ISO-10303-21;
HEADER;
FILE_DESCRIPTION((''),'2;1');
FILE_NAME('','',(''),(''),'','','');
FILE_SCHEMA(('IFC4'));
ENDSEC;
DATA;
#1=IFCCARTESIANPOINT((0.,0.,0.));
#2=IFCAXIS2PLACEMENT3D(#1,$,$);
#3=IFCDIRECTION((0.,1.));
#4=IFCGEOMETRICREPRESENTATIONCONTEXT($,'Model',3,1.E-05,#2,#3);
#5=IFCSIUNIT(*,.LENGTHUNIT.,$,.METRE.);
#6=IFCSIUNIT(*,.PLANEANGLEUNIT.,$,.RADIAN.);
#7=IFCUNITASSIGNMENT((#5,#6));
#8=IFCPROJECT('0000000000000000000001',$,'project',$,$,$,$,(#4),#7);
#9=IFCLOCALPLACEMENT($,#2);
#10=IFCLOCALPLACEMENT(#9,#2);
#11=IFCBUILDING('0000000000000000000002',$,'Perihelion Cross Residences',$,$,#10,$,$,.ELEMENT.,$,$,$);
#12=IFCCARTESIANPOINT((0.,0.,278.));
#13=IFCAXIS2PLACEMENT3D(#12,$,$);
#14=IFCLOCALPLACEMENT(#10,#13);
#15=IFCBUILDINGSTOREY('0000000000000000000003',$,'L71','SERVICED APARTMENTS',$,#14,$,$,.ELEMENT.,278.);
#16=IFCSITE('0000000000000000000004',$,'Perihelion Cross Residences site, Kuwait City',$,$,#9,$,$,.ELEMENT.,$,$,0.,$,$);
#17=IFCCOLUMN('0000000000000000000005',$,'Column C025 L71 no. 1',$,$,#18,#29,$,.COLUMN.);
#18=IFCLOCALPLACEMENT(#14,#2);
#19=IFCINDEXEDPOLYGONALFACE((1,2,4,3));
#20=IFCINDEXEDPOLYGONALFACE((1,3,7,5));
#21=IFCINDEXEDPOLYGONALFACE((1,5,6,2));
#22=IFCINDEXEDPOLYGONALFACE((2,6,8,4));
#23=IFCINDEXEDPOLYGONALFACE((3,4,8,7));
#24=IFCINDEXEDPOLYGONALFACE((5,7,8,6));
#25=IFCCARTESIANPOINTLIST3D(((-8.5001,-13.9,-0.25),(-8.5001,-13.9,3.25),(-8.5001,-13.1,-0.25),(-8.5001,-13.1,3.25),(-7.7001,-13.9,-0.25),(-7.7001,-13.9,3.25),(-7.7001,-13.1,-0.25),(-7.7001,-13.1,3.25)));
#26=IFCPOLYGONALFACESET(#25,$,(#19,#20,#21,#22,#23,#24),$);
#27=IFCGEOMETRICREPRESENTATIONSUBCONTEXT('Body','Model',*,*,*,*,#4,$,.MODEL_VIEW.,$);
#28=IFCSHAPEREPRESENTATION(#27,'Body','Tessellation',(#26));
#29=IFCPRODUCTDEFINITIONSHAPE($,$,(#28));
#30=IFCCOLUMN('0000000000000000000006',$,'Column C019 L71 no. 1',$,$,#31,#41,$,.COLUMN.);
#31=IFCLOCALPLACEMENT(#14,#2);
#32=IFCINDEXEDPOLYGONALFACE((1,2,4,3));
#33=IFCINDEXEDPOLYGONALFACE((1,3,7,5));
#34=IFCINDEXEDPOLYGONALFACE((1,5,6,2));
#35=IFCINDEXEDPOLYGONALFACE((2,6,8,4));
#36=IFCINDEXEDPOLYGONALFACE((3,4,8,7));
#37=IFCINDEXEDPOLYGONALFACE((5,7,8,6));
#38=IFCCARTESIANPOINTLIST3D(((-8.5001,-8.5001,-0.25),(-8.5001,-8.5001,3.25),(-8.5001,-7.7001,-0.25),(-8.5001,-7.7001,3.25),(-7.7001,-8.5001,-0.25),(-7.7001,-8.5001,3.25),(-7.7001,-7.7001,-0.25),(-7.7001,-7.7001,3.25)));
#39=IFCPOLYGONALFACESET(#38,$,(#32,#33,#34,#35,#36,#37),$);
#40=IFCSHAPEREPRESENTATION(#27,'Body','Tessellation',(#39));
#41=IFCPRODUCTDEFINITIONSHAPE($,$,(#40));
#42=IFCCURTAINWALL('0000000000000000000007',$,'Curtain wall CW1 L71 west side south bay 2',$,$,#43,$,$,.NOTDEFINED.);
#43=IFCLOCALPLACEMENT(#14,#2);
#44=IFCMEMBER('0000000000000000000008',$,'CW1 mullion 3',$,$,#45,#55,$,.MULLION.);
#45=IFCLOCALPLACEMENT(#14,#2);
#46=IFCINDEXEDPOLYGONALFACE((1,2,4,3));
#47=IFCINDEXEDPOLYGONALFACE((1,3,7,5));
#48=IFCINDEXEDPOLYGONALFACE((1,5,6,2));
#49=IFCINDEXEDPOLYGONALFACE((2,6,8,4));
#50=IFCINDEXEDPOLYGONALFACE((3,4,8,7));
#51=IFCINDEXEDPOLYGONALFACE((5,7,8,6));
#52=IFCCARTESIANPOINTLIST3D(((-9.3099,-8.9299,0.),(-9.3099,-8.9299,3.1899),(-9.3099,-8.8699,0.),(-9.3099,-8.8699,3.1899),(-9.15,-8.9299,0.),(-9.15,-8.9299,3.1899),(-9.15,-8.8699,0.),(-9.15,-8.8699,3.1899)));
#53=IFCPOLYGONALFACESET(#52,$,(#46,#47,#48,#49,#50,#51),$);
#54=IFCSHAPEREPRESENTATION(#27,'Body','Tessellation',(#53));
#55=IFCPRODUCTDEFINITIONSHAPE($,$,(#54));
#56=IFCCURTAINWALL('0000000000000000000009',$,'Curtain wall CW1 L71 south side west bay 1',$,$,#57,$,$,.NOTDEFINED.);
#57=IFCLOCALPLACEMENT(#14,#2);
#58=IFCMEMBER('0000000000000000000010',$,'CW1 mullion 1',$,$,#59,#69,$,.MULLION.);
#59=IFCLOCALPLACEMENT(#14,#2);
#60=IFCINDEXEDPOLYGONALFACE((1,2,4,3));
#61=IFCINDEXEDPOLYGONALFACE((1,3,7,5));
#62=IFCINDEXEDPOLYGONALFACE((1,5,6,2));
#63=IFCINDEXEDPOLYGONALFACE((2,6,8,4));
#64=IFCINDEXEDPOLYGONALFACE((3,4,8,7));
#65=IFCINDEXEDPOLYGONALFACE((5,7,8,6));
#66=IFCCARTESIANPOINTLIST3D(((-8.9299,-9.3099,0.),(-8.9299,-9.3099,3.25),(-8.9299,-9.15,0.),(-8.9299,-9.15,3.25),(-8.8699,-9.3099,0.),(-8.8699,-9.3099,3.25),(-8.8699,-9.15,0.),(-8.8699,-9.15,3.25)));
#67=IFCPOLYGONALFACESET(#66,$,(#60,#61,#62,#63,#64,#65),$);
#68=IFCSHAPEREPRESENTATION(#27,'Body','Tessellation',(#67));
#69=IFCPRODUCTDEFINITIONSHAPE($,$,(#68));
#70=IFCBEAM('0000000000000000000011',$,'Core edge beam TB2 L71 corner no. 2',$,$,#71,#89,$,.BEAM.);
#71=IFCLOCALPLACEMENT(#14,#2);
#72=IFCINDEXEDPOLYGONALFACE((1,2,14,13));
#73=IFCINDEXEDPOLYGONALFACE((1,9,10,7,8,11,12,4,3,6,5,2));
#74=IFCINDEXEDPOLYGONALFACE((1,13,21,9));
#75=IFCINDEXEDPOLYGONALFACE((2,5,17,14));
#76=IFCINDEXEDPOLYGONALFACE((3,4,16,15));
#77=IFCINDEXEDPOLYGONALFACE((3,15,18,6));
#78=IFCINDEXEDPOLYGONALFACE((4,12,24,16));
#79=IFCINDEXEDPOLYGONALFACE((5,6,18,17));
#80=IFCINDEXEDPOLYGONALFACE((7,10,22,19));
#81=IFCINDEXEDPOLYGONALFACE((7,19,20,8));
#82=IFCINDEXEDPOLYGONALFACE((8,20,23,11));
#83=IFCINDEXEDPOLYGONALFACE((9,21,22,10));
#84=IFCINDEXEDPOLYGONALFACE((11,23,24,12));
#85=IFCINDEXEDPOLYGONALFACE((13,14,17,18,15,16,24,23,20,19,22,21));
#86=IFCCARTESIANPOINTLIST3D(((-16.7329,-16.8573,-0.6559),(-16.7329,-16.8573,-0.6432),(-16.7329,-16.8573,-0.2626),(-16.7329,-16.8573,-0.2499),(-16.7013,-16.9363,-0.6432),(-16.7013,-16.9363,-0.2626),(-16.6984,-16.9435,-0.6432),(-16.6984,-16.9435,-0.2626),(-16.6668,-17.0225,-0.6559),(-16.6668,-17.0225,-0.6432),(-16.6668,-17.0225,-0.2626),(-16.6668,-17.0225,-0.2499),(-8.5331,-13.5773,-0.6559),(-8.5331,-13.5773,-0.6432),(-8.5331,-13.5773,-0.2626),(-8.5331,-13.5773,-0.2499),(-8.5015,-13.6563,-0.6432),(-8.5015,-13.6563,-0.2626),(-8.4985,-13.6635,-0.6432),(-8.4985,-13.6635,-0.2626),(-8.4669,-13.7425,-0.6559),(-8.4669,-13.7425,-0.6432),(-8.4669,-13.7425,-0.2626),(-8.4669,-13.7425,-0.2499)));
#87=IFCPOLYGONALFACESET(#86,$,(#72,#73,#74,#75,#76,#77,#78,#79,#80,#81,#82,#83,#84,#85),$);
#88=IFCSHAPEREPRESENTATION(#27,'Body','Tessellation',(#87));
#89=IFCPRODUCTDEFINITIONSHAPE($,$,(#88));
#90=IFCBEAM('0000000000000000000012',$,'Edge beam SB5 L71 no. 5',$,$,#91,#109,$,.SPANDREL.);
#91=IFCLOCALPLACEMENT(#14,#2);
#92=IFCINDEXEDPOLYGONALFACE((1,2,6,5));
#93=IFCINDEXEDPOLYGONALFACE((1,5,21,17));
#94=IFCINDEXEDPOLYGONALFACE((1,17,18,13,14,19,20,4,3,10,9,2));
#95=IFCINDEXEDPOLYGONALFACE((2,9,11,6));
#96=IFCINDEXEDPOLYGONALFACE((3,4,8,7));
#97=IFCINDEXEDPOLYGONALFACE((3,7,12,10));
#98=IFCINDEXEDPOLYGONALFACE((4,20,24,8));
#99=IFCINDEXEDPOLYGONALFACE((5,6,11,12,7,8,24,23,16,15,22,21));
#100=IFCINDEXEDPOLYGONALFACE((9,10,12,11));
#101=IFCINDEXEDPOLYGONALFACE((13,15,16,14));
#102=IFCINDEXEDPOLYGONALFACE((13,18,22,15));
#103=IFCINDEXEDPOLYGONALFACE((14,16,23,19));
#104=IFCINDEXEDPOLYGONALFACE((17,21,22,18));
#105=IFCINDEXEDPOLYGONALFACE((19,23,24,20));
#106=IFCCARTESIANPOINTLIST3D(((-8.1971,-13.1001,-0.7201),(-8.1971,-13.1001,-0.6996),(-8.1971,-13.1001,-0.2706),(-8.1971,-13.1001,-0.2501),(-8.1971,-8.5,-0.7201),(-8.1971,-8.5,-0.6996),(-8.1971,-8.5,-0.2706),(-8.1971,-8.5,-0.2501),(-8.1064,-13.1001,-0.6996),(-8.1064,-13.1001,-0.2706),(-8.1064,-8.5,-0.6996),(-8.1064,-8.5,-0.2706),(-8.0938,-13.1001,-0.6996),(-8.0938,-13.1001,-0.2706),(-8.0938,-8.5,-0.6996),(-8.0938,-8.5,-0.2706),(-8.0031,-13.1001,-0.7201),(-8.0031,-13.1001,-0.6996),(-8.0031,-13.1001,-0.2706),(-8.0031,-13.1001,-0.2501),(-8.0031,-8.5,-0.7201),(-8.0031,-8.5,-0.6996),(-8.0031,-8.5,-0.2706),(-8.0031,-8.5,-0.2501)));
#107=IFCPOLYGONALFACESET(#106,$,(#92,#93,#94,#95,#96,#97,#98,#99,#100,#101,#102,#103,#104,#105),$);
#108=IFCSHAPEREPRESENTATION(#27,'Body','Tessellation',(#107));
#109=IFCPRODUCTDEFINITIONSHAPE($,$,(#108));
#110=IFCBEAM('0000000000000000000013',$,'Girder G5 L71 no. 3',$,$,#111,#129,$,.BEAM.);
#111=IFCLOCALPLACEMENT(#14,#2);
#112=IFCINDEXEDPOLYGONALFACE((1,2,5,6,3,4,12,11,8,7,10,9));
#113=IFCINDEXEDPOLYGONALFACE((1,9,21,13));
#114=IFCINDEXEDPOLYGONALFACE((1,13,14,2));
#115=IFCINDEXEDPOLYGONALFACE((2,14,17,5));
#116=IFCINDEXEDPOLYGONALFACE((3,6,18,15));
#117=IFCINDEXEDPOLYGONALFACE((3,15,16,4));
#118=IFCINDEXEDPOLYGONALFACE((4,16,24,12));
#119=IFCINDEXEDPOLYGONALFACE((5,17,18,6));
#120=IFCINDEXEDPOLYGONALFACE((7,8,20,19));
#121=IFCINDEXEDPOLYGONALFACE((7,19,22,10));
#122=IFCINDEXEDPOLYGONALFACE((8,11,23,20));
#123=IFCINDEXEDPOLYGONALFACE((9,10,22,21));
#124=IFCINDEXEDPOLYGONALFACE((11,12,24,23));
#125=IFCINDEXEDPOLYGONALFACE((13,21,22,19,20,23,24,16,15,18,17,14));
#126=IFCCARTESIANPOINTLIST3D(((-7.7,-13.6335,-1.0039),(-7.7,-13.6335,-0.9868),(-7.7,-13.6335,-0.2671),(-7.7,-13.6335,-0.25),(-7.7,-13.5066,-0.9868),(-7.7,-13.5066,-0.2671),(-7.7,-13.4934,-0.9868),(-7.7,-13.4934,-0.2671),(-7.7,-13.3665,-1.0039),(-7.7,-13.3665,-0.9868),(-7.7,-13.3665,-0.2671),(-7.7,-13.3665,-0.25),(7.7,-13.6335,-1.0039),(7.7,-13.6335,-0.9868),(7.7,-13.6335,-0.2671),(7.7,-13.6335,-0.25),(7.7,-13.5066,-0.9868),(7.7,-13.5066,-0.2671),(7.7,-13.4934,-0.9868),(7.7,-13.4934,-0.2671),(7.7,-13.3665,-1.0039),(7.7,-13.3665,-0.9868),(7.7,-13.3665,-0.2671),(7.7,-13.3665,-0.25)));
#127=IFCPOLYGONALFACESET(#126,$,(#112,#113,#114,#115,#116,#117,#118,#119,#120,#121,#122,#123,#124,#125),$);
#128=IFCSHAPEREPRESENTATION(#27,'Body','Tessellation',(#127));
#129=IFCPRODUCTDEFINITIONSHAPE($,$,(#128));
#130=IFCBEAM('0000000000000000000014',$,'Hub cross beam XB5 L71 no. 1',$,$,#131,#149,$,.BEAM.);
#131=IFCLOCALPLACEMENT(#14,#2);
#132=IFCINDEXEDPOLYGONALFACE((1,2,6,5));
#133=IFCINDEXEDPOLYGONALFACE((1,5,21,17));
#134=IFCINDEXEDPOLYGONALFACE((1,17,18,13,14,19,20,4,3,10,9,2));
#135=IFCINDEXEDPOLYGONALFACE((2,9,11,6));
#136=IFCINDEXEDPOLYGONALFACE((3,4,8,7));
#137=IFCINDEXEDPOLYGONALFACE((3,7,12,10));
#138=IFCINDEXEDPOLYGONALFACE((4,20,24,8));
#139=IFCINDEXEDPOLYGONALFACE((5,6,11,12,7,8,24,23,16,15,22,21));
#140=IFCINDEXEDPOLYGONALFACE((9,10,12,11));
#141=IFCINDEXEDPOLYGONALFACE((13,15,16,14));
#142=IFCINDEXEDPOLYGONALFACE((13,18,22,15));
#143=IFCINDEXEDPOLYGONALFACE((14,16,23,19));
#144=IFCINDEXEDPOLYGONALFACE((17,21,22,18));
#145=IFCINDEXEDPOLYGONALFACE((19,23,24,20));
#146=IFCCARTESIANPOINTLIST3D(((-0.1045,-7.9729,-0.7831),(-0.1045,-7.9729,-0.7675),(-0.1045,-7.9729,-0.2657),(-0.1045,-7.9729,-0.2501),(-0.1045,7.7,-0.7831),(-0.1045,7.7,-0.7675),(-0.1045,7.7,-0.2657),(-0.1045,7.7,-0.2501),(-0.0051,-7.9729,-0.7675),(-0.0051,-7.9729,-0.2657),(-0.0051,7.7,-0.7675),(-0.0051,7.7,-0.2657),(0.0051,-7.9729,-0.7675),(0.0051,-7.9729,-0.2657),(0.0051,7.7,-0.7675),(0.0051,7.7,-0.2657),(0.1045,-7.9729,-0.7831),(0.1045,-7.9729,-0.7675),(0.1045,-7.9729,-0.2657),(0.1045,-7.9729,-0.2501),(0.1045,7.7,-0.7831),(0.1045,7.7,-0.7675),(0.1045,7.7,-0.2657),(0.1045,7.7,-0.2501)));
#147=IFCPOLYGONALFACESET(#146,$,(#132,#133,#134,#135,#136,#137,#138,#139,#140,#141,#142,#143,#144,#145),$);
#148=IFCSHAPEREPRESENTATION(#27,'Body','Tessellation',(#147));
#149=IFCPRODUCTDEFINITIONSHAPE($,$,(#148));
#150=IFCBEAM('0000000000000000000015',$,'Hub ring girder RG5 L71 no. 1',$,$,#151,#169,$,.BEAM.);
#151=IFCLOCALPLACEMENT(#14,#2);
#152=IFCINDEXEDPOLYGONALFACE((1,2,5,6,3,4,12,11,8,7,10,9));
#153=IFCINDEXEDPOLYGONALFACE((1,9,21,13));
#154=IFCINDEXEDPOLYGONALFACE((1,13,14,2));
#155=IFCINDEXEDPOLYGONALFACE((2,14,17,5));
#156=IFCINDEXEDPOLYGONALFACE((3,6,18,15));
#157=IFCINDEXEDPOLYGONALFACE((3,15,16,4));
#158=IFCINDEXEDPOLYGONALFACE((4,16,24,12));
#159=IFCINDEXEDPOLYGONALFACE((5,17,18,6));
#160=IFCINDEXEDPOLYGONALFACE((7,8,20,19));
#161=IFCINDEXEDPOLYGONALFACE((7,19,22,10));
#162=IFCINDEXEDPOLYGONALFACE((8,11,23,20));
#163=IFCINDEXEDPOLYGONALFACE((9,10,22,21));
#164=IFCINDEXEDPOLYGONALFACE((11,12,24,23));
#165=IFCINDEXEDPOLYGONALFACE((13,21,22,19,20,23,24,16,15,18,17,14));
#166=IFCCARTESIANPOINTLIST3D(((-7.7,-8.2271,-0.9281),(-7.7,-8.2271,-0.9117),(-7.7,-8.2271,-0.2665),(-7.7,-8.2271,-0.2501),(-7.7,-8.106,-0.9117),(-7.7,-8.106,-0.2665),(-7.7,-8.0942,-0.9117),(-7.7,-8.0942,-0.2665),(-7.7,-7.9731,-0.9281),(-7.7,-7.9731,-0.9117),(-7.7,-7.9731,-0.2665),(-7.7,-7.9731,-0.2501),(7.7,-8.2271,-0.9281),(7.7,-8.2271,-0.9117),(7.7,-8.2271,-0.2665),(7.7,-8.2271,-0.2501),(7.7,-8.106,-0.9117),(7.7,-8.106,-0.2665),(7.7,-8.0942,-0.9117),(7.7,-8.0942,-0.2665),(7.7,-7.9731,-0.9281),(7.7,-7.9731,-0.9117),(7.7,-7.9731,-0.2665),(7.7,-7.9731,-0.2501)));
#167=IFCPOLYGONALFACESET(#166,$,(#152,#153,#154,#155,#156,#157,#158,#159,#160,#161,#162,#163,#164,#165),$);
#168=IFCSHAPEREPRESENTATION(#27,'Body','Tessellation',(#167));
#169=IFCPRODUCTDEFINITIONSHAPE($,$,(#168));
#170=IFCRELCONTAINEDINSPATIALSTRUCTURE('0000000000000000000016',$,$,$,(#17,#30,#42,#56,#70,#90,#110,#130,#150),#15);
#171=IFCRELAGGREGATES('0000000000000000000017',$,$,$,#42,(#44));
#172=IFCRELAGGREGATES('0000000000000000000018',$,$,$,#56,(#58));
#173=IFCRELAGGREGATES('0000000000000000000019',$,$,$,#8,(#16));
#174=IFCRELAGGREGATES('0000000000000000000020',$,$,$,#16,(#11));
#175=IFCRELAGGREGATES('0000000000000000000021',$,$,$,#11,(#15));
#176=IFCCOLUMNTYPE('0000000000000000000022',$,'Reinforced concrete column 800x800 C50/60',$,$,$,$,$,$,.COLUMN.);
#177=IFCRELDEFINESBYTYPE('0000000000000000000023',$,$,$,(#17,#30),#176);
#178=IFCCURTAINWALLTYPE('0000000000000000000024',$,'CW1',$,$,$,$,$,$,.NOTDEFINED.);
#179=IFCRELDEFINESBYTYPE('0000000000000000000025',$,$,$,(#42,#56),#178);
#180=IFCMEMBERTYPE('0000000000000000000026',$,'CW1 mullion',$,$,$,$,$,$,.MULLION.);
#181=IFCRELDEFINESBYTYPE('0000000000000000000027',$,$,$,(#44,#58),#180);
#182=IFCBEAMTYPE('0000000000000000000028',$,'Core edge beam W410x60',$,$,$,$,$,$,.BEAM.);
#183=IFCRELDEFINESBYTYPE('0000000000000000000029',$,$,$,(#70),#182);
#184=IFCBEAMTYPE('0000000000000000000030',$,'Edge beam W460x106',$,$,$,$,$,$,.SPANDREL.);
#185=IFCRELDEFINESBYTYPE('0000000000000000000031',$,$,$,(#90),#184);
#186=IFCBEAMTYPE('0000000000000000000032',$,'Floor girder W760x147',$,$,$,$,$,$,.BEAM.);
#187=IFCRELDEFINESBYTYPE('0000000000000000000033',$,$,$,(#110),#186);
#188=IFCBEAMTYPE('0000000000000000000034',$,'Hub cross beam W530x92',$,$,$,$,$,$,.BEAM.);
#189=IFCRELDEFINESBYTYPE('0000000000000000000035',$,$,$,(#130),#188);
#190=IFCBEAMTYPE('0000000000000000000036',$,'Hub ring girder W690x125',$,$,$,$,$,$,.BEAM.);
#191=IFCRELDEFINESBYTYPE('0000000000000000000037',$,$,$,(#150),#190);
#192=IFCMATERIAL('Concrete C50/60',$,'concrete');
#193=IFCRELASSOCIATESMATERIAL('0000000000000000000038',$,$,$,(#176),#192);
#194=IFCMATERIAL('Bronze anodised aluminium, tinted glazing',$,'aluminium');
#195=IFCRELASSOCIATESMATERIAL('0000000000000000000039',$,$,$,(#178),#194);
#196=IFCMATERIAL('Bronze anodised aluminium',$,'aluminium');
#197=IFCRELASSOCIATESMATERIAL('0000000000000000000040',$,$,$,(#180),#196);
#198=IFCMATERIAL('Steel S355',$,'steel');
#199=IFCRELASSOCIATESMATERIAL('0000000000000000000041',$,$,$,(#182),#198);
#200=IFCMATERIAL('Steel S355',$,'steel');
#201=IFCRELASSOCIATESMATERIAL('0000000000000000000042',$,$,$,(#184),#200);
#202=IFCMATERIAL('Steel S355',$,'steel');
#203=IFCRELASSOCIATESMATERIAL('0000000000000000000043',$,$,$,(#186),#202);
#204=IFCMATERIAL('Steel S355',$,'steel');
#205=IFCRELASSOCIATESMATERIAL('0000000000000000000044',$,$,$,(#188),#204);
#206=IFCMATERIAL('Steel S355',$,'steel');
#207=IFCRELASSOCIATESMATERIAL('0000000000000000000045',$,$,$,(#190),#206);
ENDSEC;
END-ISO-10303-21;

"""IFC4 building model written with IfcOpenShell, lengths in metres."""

from ifc_helpers import new_model, si_unit, direction, frame, origin, origin_2d, place, context, subcontext, project, spatial, rectangle, i_section, extrude, material, material_profile, profile_set, type_object, element, aggregate, save


model = new_model("IFC4")

# Units and contexts
model_context = context("Model", 3, precision=1e-05, world=origin(), true_north=direction((0.0, 1.0)))
body_context = subcontext(model_context, "Body", "Model", "MODEL_VIEW")
ifc_project = project(units=[si_unit("LENGTHUNIT", "METRE"), si_unit("PLANEANGLEUNIT", "RADIAN")], contexts=[model_context])

# Site, building, storey
site_placement = place(None, origin())
site = spatial("IfcSite", under=ifc_project, at=site_placement, Name="Perihelion Cross Residences site, Kuwait City", CompositionType="ELEMENT", RefElevation=0.0)
building_placement = place(site_placement, origin())
building = spatial("IfcBuilding", under=site, at=building_placement, Name="Perihelion Cross Residences", CompositionType="ELEMENT")
storey_placement = place(building_placement, frame((0.0, 0.0, 278.0)))
storey = spatial("IfcBuildingStorey", under=building, at=storey_placement, Name="L71", Description="SERVICED APARTMENTS", CompositionType="ELEMENT", Elevation=278.0)

# Columns
ifc_material_1 = material(Name="Concrete C50/60", Category="concrete")
ifc_material_profile_1 = material_profile(ifc_material_1, rectangle(XDim=0.8, YDim=0.8, at=origin_2d()), Name="RC 800x800")
ifc_profile_set_1 = profile_set([ifc_material_profile_1], Name="Concrete C50/60")
column_type = type_object("IfcColumnType", Name="Reinforced concrete column 800x800 C50/60", PredefinedType="COLUMN", material=ifc_profile_set_1)
for number, where, z_axis, x_axis, name in (
    (1, (-8.1001, -13.5, -0.25), (0.0, 0.0, 1.0), (1.0, 0.0, 0.0), "Column C025 L71 no. 1"),
    (2, (-8.1001, -8.1001, -0.25), (0.0, 0.0, 1.0), (1.0, 0.0, 0.0), "Column C019 L71 no. 1"),
):
    element("IfcColumn", number, at=place(storey_placement, frame(where, z_axis=z_axis, x_axis=x_axis)), inside=storey, type_object=column_type, Name=name, PredefinedType="COLUMN", context=body_context, shape_type="SweptSolid", body=[
        extrude(rectangle(XDim=0.8, YDim=0.8, at=origin_2d()), origin(), (0.0, 0.0, 1.0), 3.5),
    ])

# Curtain walls, members
ifc_material_2 = material(Name="Bronze anodised aluminium, tinted glazing", Category="aluminium")
curtain_wall_type = type_object("IfcCurtainWallType", Name="CW1", PredefinedType="NOTDEFINED", material=ifc_material_2)
curtain_wall_1_placement = place(storey_placement, origin())
curtain_wall_1 = element("IfcCurtainWall", 3, at=curtain_wall_1_placement, inside=storey, type_object=curtain_wall_type, Name="Curtain wall CW1 L71 west side south bay 2", PredefinedType="NOTDEFINED")
ifc_material_3 = material(Name="Bronze anodised aluminium", Category="aluminium")
ifc_material_profile_2 = material_profile(ifc_material_3, rectangle(XDim=0.0601, YDim=0.1599, at=origin_2d()), Name="CW1 mullion")
ifc_profile_set_2 = profile_set([ifc_material_profile_2], Name="Bronze anodised aluminium")
member_type = type_object("IfcMemberType", Name="CW1 mullion", PredefinedType="MULLION", material=ifc_profile_set_2)
member_1_placement = place(storey_placement, frame((-9.23, -8.8999, 0.0), z_axis=(0.0, 0.0, 1.0), x_axis=(0.0, 1.0, 0.0)))
member_1 = element("IfcMember", 4, at=member_1_placement, type_object=member_type, Name="CW1 mullion 3", PredefinedType="MULLION", context=body_context, shape_type="SweptSolid", body=[
    extrude(rectangle(XDim=0.0601, YDim=0.1599, at=origin_2d()), origin(), (0.0, 0.0, 1.0), 3.1899),
])
curtain_wall_2_placement = place(storey_placement, origin())
curtain_wall_2 = element("IfcCurtainWall", 5, at=curtain_wall_2_placement, inside=storey, type_object=curtain_wall_type, Name="Curtain wall CW1 L71 south side west bay 1", PredefinedType="NOTDEFINED")
member_2_placement = place(storey_placement, frame((-8.8999, -9.23, 0.0), z_axis=(0.0, 0.0, 1.0), x_axis=(1.0, 0.0, 0.0)))
member_2 = element("IfcMember", 6, at=member_2_placement, type_object=member_type, Name="CW1 mullion 1", PredefinedType="MULLION", context=body_context, shape_type="SweptSolid", body=[
    extrude(rectangle(XDim=0.0601, YDim=0.1599, at=origin_2d()), origin(), (0.0, 0.0, 1.0), 3.25),
])

# Beams
ifc_material_4 = material(Name="Steel S355", Category="steel")
ifc_material_profile_3 = material_profile(ifc_material_4, i_section(OverallWidth=0.178, OverallDepth=0.406, WebThickness=0.0078, FlangeThickness=0.0127, at=origin_2d()), Name="W410x60")
ifc_profile_set_3 = profile_set([ifc_material_profile_3], Name="Steel S355")
beam_type_1 = type_object("IfcBeamType", Name="Core edge beam W410x60", PredefinedType="BEAM", material=ifc_profile_set_3)
beam_1_placement = place(storey_placement, frame((-8.5, -13.6599, -0.4529), z_axis=(-0.928475, -0.371395, 0.0), x_axis=(0.371395, -0.928475, 0.0)))
element("IfcBeam", 7, at=beam_1_placement, inside=storey, type_object=beam_type_1, Name="Core edge beam TB2 L71 corner no. 2", PredefinedType="BEAM", context=body_context, shape_type="SweptSolid", body=[
    extrude(i_section(OverallWidth=0.178, OverallDepth=0.406, WebThickness=0.0078, FlangeThickness=0.0127, at=origin_2d()), origin(), (0.0, 0.0, 1.0), 8.8315),
])
ifc_material_5 = material(Name="Steel S355", Category="steel")
ifc_material_profile_4 = material_profile(ifc_material_5, i_section(OverallWidth=0.1941, OverallDepth=0.47, WebThickness=0.0127, FlangeThickness=0.0205, at=origin_2d()), Name="W460x106")
ifc_profile_set_4 = profile_set([ifc_material_profile_4], Name="Steel S355")
beam_type_2 = type_object("IfcBeamType", Name="Edge beam W460x106", PredefinedType="SPANDREL", material=ifc_profile_set_4)
beam_2_placement = place(storey_placement, frame((-8.1001, -8.5, -0.4851), z_axis=(0.0, -1.0, 0.0), x_axis=(1.0, 0.0, 0.0)))
element("IfcBeam", 8, at=beam_2_placement, inside=storey, type_object=beam_type_2, Name="Edge beam SB5 L71 no. 5", PredefinedType="SPANDREL", context=body_context, shape_type="SweptSolid", body=[
    extrude(i_section(OverallWidth=0.1941, OverallDepth=0.47, WebThickness=0.0127, FlangeThickness=0.0205, at=origin_2d()), origin(), (0.0, 0.0, 1.0), 4.6001),
])
ifc_material_6 = material(Name="Steel S355", Category="steel")
ifc_material_profile_5 = material_profile(ifc_material_6, i_section(OverallWidth=0.2671, OverallDepth=0.7539, WebThickness=0.0132, FlangeThickness=0.0171, at=origin_2d()), Name="W760x147")
ifc_profile_set_5 = profile_set([ifc_material_profile_5], Name="Steel S355")
beam_type_3 = type_object("IfcBeamType", Name="Floor girder W760x147", PredefinedType="BEAM", material=ifc_profile_set_5)
beam_3_placement = place(storey_placement, frame((-7.7, -13.5, -0.627), z_axis=(1.0, 0.0, 0.0), x_axis=(0.0, 1.0, 0.0)))
element("IfcBeam", 9, at=beam_3_placement, inside=storey, type_object=beam_type_3, Name="Girder G5 L71 no. 3", PredefinedType="BEAM", context=body_context, shape_type="SweptSolid", body=[
    extrude(i_section(OverallWidth=0.2671, OverallDepth=0.7539, WebThickness=0.0132, FlangeThickness=0.0171, at=origin_2d()), origin(), (0.0, 0.0, 1.0), 15.3999),
])
ifc_material_7 = material(Name="Steel S355", Category="steel")
ifc_material_profile_6 = material_profile(ifc_material_7, i_section(OverallWidth=0.209, OverallDepth=0.533, WebThickness=0.0103, FlangeThickness=0.0156, at=origin_2d()), Name="W530x92")
ifc_profile_set_6 = profile_set([ifc_material_profile_6], Name="Steel S355")
beam_type_4 = type_object("IfcBeamType", Name="Hub cross beam W530x92", PredefinedType="BEAM", material=ifc_profile_set_6)
beam_4_placement = place(storey_placement, frame((0.0, -7.9729, -0.5166), z_axis=(0.0, 1.0, 0.0), x_axis=(-1.0, 0.0, 0.0)))
element("IfcBeam", 10, at=beam_4_placement, inside=storey, type_object=beam_type_4, Name="Hub cross beam XB5 L71 no. 1", PredefinedType="BEAM", context=body_context, shape_type="SweptSolid", body=[
    extrude(i_section(OverallWidth=0.209, OverallDepth=0.533, WebThickness=0.0103, FlangeThickness=0.0156, at=origin_2d()), origin(), (0.0, 0.0, 1.0), 15.6729),
])
ifc_material_8 = material(Name="Steel S355", Category="steel")
ifc_material_profile_7 = material_profile(ifc_material_8, i_section(OverallWidth=0.2539, OverallDepth=0.678, WebThickness=0.0117, FlangeThickness=0.0164, at=origin_2d()), Name="W690x125")
ifc_profile_set_7 = profile_set([ifc_material_profile_7], Name="Steel S355")
beam_type_5 = type_object("IfcBeamType", Name="Hub ring girder W690x125", PredefinedType="BEAM", material=ifc_profile_set_7)
beam_5_placement = place(storey_placement, frame((-7.7, -8.1001, -0.5891), z_axis=(1.0, 0.0, 0.0), x_axis=(0.0, 1.0, 0.0)))
element("IfcBeam", 11, at=beam_5_placement, inside=storey, type_object=beam_type_5, Name="Hub ring girder RG5 L71 no. 1", PredefinedType="BEAM", context=body_context, shape_type="SweptSolid", body=[
    extrude(i_section(OverallWidth=0.2539, OverallDepth=0.678, WebThickness=0.0117, FlangeThickness=0.0164, at=origin_2d()), origin(), (0.0, 0.0, 1.0), 15.3999),
])

aggregate(curtain_wall_1, [member_1])
aggregate(curtain_wall_2, [member_2])

save(model, "model.ifc")
